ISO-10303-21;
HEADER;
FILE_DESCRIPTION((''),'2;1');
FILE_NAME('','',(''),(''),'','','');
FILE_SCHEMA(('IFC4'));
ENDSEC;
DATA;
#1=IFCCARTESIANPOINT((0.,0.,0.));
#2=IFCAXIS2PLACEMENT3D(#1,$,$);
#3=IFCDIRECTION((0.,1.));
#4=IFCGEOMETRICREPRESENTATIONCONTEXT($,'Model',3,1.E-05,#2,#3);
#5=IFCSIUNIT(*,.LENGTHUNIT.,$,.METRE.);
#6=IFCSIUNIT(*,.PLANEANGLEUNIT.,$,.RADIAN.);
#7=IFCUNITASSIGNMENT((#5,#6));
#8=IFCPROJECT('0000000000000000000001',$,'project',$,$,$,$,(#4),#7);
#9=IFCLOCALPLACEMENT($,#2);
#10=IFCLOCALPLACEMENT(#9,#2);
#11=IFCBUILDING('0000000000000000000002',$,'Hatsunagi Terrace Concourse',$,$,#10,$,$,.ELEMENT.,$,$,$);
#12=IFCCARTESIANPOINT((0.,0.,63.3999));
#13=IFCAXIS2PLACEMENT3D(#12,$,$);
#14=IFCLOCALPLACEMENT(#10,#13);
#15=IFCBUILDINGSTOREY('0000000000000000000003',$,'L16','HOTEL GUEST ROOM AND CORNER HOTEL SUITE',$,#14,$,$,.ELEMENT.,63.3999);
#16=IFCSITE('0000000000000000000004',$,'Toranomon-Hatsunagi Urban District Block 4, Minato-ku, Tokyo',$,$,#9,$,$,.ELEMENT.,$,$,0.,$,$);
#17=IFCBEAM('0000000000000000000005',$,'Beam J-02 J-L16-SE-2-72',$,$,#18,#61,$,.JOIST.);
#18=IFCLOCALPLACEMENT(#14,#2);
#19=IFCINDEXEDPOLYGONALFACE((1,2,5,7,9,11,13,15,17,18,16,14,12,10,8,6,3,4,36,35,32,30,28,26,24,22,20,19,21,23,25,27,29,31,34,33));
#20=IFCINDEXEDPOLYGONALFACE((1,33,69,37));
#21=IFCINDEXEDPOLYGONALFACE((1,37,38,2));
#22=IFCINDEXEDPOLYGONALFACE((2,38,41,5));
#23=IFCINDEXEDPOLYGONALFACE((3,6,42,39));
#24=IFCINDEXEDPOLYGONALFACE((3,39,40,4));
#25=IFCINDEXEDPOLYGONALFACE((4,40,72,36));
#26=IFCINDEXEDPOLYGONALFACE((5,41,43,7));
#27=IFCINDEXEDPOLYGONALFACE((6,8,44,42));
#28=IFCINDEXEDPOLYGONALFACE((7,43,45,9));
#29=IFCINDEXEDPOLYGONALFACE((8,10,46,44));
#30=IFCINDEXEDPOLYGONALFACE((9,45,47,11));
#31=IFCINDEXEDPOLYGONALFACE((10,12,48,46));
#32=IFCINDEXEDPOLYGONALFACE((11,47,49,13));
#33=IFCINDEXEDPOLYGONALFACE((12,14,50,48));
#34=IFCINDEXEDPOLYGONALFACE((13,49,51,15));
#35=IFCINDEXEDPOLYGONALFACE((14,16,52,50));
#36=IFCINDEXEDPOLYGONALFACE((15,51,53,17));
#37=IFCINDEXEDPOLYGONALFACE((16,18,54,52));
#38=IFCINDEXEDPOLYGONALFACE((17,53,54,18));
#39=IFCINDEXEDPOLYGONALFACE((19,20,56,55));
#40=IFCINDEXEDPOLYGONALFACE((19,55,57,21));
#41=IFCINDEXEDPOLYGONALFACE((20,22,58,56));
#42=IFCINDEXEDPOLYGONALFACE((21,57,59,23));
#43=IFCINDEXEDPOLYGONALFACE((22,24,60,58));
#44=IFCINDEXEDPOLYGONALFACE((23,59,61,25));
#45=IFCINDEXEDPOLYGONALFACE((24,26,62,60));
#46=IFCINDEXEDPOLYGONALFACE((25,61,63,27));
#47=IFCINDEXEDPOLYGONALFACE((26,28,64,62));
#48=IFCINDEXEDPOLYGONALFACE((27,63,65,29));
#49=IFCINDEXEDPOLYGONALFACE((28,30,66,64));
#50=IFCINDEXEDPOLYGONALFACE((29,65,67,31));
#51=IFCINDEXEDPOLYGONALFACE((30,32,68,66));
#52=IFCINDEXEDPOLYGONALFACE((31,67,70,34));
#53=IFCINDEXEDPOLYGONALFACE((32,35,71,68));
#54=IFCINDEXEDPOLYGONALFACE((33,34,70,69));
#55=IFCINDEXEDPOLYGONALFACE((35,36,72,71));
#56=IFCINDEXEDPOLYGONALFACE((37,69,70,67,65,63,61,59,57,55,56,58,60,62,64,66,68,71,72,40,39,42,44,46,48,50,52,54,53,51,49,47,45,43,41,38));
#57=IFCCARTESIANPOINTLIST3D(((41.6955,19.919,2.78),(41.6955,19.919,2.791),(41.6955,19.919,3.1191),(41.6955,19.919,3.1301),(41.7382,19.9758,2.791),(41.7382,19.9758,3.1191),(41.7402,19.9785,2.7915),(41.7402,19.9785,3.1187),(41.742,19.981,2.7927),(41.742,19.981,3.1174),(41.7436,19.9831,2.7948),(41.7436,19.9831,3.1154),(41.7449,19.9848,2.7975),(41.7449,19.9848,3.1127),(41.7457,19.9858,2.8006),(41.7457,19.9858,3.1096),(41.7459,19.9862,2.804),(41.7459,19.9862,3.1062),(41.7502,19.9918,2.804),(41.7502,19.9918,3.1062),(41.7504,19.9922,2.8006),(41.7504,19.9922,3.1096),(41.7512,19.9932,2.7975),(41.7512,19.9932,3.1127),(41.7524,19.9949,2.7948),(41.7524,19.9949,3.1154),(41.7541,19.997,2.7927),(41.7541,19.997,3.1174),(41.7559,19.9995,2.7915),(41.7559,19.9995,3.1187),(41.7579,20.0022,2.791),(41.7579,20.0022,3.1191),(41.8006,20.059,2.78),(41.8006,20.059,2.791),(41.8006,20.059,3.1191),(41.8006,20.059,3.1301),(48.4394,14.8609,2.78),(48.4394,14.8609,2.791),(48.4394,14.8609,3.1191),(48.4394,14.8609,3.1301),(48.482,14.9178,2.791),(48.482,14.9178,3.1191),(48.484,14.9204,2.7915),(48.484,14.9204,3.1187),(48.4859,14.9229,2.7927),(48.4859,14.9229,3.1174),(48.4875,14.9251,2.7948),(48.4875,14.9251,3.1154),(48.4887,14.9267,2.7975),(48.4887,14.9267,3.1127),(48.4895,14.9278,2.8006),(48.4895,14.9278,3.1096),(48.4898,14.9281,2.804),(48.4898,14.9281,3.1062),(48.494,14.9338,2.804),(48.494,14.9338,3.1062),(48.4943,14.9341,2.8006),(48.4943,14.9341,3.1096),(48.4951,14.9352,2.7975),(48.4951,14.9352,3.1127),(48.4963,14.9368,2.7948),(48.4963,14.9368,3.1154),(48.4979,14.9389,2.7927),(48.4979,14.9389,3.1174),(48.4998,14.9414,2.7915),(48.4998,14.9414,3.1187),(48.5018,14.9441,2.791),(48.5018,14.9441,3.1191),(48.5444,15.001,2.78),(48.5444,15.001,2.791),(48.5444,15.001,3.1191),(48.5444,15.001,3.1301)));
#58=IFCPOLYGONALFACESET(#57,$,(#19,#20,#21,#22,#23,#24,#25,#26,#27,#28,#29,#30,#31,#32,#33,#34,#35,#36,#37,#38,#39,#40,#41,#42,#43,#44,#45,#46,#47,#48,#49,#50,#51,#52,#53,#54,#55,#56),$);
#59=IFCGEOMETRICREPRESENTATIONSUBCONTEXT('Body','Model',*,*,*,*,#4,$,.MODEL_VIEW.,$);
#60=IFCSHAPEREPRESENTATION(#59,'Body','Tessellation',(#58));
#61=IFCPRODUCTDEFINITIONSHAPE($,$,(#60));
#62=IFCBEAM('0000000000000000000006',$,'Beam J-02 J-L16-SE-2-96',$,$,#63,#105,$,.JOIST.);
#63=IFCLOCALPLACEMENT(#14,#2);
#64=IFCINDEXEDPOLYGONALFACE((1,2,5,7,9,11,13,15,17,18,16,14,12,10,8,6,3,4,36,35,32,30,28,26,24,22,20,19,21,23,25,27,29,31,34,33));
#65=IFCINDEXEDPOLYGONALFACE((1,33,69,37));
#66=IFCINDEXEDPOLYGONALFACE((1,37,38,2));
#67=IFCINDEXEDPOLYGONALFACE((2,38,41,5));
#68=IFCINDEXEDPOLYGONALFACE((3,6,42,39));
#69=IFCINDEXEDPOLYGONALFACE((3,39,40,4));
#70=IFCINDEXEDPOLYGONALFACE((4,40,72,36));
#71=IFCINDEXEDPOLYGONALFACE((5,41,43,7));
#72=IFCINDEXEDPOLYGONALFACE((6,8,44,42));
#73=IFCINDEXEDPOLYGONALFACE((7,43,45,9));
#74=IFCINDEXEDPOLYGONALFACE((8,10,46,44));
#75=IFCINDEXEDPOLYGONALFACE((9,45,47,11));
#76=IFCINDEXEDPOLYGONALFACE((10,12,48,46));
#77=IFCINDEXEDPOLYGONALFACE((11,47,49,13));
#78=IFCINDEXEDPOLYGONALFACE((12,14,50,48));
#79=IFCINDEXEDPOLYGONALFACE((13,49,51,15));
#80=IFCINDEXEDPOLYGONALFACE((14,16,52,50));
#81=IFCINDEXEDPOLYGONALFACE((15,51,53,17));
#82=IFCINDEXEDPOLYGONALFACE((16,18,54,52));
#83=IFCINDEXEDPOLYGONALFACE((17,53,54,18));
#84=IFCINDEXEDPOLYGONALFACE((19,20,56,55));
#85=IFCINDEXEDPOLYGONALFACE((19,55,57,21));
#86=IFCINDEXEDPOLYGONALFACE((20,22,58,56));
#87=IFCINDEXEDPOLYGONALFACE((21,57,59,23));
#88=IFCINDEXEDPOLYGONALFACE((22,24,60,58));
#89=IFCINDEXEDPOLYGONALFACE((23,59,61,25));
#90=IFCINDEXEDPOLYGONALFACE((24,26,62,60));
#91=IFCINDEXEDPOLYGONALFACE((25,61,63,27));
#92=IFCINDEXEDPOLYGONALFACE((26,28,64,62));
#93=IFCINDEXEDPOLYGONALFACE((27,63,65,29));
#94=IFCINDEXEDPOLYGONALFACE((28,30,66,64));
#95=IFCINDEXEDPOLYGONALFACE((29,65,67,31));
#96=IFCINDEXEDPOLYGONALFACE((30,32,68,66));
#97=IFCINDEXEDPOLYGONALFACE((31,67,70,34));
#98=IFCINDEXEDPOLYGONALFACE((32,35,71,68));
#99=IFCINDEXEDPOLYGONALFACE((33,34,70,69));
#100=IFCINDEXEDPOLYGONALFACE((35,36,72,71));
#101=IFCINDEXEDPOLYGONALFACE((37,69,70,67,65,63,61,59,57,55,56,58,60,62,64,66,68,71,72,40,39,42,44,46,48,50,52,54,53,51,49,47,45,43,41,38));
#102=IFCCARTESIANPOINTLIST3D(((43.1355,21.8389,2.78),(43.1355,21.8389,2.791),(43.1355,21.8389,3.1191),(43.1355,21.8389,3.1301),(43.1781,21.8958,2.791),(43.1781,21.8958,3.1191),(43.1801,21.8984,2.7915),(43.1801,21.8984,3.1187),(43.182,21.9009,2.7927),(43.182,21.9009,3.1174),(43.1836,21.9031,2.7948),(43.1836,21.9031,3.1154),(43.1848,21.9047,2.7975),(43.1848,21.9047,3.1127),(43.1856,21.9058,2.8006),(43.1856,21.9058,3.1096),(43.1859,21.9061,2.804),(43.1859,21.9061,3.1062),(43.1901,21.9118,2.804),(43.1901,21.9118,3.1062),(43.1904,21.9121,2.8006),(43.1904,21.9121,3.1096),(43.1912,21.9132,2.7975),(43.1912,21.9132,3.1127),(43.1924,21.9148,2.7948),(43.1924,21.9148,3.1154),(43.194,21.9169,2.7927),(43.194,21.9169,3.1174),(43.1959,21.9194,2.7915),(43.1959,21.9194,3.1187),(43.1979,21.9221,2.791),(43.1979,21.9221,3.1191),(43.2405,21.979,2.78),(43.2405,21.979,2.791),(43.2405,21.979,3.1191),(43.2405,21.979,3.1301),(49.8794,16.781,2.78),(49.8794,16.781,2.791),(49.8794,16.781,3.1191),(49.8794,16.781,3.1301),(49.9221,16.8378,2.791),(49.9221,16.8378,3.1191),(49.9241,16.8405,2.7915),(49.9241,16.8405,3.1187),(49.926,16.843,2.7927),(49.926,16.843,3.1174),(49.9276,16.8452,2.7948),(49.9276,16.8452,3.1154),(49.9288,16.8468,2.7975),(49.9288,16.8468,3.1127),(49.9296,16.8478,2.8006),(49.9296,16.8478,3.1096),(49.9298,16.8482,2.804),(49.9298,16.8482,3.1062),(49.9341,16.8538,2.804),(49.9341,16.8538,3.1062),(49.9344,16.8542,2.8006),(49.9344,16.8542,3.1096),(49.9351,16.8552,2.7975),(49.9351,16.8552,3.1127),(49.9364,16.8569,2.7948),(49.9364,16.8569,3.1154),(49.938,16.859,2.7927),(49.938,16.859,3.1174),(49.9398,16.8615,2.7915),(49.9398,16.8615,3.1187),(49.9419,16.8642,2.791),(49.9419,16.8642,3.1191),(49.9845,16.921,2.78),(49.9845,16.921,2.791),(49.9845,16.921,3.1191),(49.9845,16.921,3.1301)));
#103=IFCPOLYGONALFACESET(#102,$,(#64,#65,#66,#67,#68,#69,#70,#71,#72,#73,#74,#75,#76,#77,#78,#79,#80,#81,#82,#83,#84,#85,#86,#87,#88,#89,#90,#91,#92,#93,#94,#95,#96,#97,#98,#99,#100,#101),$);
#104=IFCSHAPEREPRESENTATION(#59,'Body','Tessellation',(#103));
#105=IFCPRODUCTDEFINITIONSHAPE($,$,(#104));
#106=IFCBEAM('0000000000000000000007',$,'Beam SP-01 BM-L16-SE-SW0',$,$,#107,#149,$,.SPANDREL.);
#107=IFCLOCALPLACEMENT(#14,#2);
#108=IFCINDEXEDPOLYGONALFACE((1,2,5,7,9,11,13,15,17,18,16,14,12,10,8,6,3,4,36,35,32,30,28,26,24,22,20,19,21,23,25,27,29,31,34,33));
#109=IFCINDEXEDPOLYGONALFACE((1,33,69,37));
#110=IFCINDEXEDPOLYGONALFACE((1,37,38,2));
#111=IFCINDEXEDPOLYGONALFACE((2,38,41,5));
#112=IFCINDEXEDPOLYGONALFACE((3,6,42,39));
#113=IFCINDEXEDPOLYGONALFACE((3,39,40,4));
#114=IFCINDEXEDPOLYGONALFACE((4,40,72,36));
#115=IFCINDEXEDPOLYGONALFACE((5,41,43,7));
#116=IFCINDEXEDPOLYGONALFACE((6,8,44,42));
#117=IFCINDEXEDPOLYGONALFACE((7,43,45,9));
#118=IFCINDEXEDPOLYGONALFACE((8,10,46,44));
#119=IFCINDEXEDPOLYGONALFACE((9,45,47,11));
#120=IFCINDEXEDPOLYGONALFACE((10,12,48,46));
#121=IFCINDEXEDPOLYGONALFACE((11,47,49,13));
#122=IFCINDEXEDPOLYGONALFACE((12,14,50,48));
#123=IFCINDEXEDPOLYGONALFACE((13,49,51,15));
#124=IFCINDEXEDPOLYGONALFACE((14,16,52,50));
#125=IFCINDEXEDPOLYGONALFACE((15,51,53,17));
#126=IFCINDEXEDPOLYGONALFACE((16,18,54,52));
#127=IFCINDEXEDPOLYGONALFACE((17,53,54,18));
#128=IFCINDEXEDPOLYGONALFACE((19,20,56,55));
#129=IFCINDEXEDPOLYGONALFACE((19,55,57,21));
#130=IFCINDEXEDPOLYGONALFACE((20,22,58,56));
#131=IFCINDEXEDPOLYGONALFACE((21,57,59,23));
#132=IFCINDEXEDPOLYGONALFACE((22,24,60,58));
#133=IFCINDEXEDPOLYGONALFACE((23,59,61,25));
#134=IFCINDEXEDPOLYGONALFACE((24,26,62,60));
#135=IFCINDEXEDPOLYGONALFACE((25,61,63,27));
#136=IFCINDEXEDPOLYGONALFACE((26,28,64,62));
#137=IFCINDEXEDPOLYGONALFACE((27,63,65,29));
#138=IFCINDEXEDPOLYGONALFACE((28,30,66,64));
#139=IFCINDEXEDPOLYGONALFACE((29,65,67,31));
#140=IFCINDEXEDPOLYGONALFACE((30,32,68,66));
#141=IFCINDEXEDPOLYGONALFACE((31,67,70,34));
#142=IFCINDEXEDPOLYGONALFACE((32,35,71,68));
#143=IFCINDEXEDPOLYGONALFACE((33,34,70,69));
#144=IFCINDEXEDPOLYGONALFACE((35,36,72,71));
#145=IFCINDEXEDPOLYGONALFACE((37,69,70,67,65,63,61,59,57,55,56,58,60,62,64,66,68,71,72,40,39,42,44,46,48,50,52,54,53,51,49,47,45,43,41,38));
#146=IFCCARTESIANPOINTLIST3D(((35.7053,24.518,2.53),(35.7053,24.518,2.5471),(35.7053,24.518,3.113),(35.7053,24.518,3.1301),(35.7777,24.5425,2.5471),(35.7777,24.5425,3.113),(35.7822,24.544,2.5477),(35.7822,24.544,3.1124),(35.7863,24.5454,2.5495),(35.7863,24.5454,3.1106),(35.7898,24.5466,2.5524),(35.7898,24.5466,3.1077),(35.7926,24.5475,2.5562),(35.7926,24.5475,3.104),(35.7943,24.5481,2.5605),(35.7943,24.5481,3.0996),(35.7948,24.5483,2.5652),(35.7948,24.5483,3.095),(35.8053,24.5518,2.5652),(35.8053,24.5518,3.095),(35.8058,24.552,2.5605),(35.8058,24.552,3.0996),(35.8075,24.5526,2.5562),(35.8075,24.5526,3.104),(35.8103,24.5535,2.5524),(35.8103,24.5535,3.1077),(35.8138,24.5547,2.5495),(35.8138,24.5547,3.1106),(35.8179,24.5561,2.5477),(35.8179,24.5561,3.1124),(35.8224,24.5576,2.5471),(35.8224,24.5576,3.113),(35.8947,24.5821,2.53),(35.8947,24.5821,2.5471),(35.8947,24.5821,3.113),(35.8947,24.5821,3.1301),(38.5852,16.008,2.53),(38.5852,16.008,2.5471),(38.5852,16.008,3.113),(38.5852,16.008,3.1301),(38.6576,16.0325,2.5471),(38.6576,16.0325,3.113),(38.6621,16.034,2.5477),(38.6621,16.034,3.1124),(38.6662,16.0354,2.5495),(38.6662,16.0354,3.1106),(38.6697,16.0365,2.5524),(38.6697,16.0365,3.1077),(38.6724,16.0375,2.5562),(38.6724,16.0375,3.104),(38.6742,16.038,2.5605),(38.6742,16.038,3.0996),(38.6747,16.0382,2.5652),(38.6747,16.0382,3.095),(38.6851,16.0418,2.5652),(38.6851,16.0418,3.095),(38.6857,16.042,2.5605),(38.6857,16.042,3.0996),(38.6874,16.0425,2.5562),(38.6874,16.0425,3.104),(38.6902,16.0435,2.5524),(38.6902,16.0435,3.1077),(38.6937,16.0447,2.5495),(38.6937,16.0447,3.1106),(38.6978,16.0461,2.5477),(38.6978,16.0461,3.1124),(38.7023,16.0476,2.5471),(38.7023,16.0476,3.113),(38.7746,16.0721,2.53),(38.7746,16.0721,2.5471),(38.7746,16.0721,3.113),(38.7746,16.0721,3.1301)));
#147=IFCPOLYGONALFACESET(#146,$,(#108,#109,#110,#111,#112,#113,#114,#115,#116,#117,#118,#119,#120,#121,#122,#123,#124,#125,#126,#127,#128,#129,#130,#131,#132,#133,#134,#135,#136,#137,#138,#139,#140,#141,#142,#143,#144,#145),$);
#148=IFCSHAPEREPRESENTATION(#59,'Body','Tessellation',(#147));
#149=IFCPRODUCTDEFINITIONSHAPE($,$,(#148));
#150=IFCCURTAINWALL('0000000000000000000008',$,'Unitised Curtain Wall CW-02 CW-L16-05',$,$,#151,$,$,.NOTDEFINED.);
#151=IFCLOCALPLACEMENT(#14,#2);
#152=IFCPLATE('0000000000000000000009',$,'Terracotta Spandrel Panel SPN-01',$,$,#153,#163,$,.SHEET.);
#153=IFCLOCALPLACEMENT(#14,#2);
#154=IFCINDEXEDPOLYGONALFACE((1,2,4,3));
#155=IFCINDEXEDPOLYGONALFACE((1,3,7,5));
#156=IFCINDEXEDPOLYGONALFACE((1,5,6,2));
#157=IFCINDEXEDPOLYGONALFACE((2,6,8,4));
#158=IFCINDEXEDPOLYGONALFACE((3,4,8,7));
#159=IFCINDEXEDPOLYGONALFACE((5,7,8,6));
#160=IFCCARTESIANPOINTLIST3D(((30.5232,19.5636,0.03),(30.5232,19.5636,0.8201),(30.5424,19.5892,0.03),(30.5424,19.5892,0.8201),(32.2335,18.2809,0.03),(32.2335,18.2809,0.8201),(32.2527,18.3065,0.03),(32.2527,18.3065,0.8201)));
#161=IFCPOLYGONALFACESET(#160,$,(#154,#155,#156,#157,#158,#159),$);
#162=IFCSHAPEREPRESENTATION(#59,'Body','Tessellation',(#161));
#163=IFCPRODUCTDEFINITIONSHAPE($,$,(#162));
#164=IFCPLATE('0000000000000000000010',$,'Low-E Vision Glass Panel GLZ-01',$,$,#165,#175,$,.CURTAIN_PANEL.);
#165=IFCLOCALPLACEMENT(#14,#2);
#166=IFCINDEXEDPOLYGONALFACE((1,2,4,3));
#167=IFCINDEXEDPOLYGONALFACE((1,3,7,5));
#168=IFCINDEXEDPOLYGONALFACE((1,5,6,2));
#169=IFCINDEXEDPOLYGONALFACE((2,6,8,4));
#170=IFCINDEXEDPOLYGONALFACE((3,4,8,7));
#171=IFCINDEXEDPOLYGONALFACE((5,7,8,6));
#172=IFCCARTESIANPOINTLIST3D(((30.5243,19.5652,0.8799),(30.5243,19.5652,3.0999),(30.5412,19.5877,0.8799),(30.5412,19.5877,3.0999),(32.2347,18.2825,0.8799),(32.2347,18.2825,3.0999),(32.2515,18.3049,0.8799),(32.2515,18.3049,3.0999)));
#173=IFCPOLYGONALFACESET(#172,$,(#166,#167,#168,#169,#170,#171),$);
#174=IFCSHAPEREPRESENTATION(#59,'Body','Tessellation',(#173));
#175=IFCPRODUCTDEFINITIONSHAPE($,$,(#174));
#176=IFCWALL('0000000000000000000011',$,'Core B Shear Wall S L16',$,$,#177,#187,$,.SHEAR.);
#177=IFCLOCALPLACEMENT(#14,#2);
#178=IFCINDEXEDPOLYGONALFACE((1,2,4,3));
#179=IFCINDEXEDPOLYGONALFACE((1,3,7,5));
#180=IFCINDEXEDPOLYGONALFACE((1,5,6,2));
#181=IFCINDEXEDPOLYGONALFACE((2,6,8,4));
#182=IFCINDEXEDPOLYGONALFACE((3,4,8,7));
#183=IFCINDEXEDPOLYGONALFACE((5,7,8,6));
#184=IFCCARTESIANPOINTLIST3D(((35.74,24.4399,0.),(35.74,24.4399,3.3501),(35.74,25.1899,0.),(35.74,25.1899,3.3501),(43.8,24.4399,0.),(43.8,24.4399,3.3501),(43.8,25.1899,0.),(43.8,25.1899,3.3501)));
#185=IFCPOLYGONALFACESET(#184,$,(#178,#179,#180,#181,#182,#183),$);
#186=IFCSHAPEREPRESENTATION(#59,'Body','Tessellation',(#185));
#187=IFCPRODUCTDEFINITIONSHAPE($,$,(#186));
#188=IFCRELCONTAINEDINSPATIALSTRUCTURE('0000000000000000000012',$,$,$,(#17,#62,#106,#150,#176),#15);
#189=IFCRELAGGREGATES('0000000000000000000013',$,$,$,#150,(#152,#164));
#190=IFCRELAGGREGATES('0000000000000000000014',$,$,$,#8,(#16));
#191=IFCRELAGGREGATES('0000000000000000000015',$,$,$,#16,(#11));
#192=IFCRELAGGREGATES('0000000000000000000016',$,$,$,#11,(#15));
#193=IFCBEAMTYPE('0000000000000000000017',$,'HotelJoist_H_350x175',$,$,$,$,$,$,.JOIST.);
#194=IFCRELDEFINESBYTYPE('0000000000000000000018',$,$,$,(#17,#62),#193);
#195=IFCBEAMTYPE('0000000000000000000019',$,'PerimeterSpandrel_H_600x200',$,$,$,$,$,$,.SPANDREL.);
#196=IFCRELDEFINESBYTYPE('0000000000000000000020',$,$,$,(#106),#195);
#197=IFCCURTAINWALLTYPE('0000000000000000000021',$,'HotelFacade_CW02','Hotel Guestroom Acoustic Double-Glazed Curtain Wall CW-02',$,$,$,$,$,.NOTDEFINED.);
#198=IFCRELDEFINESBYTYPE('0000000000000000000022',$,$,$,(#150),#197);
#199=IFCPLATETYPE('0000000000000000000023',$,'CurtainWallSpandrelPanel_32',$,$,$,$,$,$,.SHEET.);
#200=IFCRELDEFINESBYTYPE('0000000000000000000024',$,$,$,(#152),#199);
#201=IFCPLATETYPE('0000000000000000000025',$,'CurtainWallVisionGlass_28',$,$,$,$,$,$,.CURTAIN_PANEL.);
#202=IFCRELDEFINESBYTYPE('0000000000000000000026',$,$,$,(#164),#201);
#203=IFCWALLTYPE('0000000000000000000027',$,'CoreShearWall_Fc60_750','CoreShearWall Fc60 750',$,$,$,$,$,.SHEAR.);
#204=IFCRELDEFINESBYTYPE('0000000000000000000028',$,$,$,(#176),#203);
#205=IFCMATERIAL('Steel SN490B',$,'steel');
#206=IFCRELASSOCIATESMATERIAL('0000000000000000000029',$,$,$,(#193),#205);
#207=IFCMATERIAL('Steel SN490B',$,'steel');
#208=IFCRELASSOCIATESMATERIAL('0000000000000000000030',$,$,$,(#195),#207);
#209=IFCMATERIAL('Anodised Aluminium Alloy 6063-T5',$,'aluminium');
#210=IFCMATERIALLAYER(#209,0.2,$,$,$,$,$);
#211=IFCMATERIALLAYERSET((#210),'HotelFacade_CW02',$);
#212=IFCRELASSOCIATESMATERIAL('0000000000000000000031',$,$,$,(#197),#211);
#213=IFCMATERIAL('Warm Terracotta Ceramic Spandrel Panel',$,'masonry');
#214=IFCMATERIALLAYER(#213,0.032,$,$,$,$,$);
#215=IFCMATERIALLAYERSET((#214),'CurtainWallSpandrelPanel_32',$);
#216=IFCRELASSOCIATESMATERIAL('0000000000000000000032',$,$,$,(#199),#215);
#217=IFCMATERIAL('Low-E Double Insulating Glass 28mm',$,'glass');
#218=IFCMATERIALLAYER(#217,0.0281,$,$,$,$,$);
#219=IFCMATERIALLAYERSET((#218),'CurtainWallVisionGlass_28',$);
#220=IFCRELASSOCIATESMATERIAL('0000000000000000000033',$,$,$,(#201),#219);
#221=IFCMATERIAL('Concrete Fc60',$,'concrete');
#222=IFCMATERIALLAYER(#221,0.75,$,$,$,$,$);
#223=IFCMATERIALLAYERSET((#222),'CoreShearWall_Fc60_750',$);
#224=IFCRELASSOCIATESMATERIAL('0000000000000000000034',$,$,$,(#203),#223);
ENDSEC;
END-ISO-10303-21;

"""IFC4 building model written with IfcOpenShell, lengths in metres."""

from ifc_helpers import new_model, si_unit, direction, frame, frame_2d, origin, origin_2d, place, context, subcontext, project, spatial, rectangle, i_section, extrude, material, layer, layer_set, material_profile, profile_set, type_object, element, aggregate, save


model = new_model("IFC4")

# Units and contexts
model_context = context("Model", 3, precision=1e-05, world=origin(), true_north=direction((0.0, 1.0)))
body_context = subcontext(model_context, "Body", "Model", "MODEL_VIEW")
ifc_project = project(units=[si_unit("LENGTHUNIT", "METRE"), si_unit("PLANEANGLEUNIT", "RADIAN")], contexts=[model_context])

# Site, building, storey
site_placement = place(None, origin())
site = spatial("IfcSite", under=ifc_project, at=site_placement, Name="Toranomon-Hatsunagi Urban District Block 4, Minato-ku, Tokyo", CompositionType="ELEMENT", RefElevation=0.0)
building_placement = place(site_placement, origin())
building = spatial("IfcBuilding", under=site, at=building_placement, Name="Hatsunagi Terrace Concourse", CompositionType="ELEMENT")
storey_placement = place(building_placement, frame((0.0, 0.0, 63.3999)))
storey = spatial("IfcBuildingStorey", under=building, at=storey_placement, Name="L16", Description="HOTEL GUEST ROOM AND CORNER HOTEL SUITE", CompositionType="ELEMENT", Elevation=63.3999)

# Beams
ifc_material_1 = material(Name="Steel SN490B", Category="steel")
ifc_material_profile_1 = material_profile(ifc_material_1, i_section(OverallWidth=0.175, OverallDepth=0.3501, WebThickness=0.0071, FlangeThickness=0.011, FilletRadius=0.0129, at=origin_2d()), Name="H-350x175x7x11")
ifc_profile_set_1 = profile_set([ifc_material_profile_1], Name="Steel SN490B")
beam_type_1 = type_object("IfcBeamType", Name="HotelJoist_H_350x175", PredefinedType="JOIST", material=ifc_profile_set_1)
for number, where, z_axis, x_axis, name in (
    (1, (41.748, 19.989, 2.9551), (0.79999, -0.600014, 0.0), (0.600014, 0.79999, 0.0), "Beam J-02 J-L16-SE-2-72"),
    (2, (43.188, 21.9089, 2.9551), (0.800003, -0.599995, 0.0), (0.599995, 0.800003, 0.0), "Beam J-02 J-L16-SE-2-96"),
):
    element("IfcBeam", number, at=place(storey_placement, frame(where, z_axis=z_axis, x_axis=x_axis)), inside=storey, type_object=beam_type_1, Name=name, PredefinedType="JOIST", context=body_context, shape_type="SweptSolid", body=[
        extrude(i_section(OverallWidth=0.175, OverallDepth=0.3501, WebThickness=0.0071, FlangeThickness=0.011, FilletRadius=0.0129, at=origin_2d()), origin(), (0.0, 0.0, 1.0), 8.4299),
    ])
ifc_material_2 = material(Name="Steel SN490B", Category="steel")
ifc_material_profile_2 = material_profile(ifc_material_2, i_section(OverallWidth=0.2, OverallDepth=0.6001, WebThickness=0.011, FlangeThickness=0.0171, FilletRadius=0.0181, at=origin_2d()), Name="H-600x200x11x17")
ifc_profile_set_2 = profile_set([ifc_material_profile_2], Name="Steel SN490B")
beam_type_2 = type_object("IfcBeamType", Name="PerimeterSpandrel_H_600x200", PredefinedType="SPANDREL", material=ifc_profile_set_2)
beam_1_placement = place(storey_placement, frame((35.8, 24.55, 2.8301), z_axis=(0.320553, -0.94723, 0.0), x_axis=(0.94723, 0.320553, 0.0)))
element("IfcBeam", 3, at=beam_1_placement, inside=storey, type_object=beam_type_2, Name="Beam SP-01 BM-L16-SE-SW0", PredefinedType="SPANDREL", context=body_context, shape_type="SweptSolid", body=[
    extrude(i_section(OverallWidth=0.2, OverallDepth=0.6001, WebThickness=0.011, FlangeThickness=0.0171, FilletRadius=0.0181, at=origin_2d()), origin(), (0.0, 0.0, 1.0), 8.9841),
])

# Curtain wall, plates
ifc_material_3 = material(Name="Anodised Aluminium Alloy 6063-T5", Category="aluminium")
ifc_layer_1 = layer(ifc_material_3, 0.2)
ifc_layer_set_1 = layer_set([ifc_layer_1], Name="HotelFacade_CW02")
curtain_wall_type = type_object("IfcCurtainWallType", Name="HotelFacade_CW02", Description="Hotel Guestroom Acoustic Double-Glazed Curtain Wall CW-02", PredefinedType="NOTDEFINED", material=ifc_layer_set_1)
curtain_wall_placement = place(storey_placement, origin())
curtain_wall = element("IfcCurtainWall", 4, at=curtain_wall_placement, inside=storey, type_object=curtain_wall_type, Name="Unitised Curtain Wall CW-02 CW-L16-05", PredefinedType="NOTDEFINED")
ifc_material_4 = material(Name="Warm Terracotta Ceramic Spandrel Panel", Category="masonry")
ifc_layer_2 = layer(ifc_material_4, 0.032)
ifc_layer_set_2 = layer_set([ifc_layer_2], Name="CurtainWallSpandrelPanel_32")
plate_type_1 = type_object("IfcPlateType", Name="CurtainWallSpandrelPanel_32", PredefinedType="SHEET", material=ifc_layer_set_2)
plate_1_placement = place(storey_placement, frame((31.3879, 18.9351, 0.03), z_axis=(0.0, 0.0, 1.0), x_axis=(-0.800003, 0.599996, 0.0)))
plate_1 = element("IfcPlate", 5, at=plate_1_placement, type_object=plate_type_1, Name="Terracotta Spandrel Panel SPN-01", PredefinedType="SHEET", context=body_context, shape_type="SweptSolid", body=[
    extrude(rectangle(XDim=2.1379, YDim=0.032, at=origin_2d()), origin(), (0.0, 0.0, 1.0), 0.79),
])
ifc_material_5 = material(Name="Low-E Double Insulating Glass 28mm", Category="glass")
ifc_layer_3 = layer(ifc_material_5, 0.0281)
ifc_layer_set_3 = layer_set([ifc_layer_3], Name="CurtainWallVisionGlass_28")
plate_type_2 = type_object("IfcPlateType", Name="CurtainWallVisionGlass_28", PredefinedType="CURTAIN_PANEL", material=ifc_layer_set_3)
plate_2_placement = place(storey_placement, frame((31.3879, 18.9351, 0.8799), z_axis=(0.0, 0.0, 1.0), x_axis=(-0.800003, 0.599996, 0.0)))
plate_2 = element("IfcPlate", 6, at=plate_2_placement, type_object=plate_type_2, Name="Low-E Vision Glass Panel GLZ-01", PredefinedType="CURTAIN_PANEL", context=body_context, shape_type="SweptSolid", body=[
    extrude(rectangle(XDim=2.1379, YDim=0.0281, at=origin_2d()), origin(), (0.0, 0.0, 1.0), 2.22),
])
aggregate(curtain_wall, [plate_1, plate_2])

# Wall
ifc_material_6 = material(Name="Concrete Fc60", Category="concrete")
ifc_layer_4 = layer(ifc_material_6, 0.75)
ifc_layer_set_4 = layer_set([ifc_layer_4], Name="CoreShearWall_Fc60_750")
wall_type_1 = type_object("IfcWallType", Name="CoreShearWall_Fc60_750", Description="CoreShearWall Fc60 750", PredefinedType="SHEAR", material=ifc_layer_set_4)
wall_1_placement = place(storey_placement, frame((35.74, 24.8149, 0.0), z_axis=(0.0, 0.0, 1.0), x_axis=(1.0, 0.0, 0.0)))
element("IfcWall", 7, at=wall_1_placement, inside=storey, type_object=wall_type_1, Name="Core B Shear Wall S L16", PredefinedType="SHEAR", context=body_context, shape_type="SweptSolid", body=[
    extrude(rectangle(XDim=8.0601, YDim=0.75, at=frame_2d((4.03, 0.0))), origin(), (0.0, 0.0, 1.0), 3.3501),
])

save(model, "model.ifc")
